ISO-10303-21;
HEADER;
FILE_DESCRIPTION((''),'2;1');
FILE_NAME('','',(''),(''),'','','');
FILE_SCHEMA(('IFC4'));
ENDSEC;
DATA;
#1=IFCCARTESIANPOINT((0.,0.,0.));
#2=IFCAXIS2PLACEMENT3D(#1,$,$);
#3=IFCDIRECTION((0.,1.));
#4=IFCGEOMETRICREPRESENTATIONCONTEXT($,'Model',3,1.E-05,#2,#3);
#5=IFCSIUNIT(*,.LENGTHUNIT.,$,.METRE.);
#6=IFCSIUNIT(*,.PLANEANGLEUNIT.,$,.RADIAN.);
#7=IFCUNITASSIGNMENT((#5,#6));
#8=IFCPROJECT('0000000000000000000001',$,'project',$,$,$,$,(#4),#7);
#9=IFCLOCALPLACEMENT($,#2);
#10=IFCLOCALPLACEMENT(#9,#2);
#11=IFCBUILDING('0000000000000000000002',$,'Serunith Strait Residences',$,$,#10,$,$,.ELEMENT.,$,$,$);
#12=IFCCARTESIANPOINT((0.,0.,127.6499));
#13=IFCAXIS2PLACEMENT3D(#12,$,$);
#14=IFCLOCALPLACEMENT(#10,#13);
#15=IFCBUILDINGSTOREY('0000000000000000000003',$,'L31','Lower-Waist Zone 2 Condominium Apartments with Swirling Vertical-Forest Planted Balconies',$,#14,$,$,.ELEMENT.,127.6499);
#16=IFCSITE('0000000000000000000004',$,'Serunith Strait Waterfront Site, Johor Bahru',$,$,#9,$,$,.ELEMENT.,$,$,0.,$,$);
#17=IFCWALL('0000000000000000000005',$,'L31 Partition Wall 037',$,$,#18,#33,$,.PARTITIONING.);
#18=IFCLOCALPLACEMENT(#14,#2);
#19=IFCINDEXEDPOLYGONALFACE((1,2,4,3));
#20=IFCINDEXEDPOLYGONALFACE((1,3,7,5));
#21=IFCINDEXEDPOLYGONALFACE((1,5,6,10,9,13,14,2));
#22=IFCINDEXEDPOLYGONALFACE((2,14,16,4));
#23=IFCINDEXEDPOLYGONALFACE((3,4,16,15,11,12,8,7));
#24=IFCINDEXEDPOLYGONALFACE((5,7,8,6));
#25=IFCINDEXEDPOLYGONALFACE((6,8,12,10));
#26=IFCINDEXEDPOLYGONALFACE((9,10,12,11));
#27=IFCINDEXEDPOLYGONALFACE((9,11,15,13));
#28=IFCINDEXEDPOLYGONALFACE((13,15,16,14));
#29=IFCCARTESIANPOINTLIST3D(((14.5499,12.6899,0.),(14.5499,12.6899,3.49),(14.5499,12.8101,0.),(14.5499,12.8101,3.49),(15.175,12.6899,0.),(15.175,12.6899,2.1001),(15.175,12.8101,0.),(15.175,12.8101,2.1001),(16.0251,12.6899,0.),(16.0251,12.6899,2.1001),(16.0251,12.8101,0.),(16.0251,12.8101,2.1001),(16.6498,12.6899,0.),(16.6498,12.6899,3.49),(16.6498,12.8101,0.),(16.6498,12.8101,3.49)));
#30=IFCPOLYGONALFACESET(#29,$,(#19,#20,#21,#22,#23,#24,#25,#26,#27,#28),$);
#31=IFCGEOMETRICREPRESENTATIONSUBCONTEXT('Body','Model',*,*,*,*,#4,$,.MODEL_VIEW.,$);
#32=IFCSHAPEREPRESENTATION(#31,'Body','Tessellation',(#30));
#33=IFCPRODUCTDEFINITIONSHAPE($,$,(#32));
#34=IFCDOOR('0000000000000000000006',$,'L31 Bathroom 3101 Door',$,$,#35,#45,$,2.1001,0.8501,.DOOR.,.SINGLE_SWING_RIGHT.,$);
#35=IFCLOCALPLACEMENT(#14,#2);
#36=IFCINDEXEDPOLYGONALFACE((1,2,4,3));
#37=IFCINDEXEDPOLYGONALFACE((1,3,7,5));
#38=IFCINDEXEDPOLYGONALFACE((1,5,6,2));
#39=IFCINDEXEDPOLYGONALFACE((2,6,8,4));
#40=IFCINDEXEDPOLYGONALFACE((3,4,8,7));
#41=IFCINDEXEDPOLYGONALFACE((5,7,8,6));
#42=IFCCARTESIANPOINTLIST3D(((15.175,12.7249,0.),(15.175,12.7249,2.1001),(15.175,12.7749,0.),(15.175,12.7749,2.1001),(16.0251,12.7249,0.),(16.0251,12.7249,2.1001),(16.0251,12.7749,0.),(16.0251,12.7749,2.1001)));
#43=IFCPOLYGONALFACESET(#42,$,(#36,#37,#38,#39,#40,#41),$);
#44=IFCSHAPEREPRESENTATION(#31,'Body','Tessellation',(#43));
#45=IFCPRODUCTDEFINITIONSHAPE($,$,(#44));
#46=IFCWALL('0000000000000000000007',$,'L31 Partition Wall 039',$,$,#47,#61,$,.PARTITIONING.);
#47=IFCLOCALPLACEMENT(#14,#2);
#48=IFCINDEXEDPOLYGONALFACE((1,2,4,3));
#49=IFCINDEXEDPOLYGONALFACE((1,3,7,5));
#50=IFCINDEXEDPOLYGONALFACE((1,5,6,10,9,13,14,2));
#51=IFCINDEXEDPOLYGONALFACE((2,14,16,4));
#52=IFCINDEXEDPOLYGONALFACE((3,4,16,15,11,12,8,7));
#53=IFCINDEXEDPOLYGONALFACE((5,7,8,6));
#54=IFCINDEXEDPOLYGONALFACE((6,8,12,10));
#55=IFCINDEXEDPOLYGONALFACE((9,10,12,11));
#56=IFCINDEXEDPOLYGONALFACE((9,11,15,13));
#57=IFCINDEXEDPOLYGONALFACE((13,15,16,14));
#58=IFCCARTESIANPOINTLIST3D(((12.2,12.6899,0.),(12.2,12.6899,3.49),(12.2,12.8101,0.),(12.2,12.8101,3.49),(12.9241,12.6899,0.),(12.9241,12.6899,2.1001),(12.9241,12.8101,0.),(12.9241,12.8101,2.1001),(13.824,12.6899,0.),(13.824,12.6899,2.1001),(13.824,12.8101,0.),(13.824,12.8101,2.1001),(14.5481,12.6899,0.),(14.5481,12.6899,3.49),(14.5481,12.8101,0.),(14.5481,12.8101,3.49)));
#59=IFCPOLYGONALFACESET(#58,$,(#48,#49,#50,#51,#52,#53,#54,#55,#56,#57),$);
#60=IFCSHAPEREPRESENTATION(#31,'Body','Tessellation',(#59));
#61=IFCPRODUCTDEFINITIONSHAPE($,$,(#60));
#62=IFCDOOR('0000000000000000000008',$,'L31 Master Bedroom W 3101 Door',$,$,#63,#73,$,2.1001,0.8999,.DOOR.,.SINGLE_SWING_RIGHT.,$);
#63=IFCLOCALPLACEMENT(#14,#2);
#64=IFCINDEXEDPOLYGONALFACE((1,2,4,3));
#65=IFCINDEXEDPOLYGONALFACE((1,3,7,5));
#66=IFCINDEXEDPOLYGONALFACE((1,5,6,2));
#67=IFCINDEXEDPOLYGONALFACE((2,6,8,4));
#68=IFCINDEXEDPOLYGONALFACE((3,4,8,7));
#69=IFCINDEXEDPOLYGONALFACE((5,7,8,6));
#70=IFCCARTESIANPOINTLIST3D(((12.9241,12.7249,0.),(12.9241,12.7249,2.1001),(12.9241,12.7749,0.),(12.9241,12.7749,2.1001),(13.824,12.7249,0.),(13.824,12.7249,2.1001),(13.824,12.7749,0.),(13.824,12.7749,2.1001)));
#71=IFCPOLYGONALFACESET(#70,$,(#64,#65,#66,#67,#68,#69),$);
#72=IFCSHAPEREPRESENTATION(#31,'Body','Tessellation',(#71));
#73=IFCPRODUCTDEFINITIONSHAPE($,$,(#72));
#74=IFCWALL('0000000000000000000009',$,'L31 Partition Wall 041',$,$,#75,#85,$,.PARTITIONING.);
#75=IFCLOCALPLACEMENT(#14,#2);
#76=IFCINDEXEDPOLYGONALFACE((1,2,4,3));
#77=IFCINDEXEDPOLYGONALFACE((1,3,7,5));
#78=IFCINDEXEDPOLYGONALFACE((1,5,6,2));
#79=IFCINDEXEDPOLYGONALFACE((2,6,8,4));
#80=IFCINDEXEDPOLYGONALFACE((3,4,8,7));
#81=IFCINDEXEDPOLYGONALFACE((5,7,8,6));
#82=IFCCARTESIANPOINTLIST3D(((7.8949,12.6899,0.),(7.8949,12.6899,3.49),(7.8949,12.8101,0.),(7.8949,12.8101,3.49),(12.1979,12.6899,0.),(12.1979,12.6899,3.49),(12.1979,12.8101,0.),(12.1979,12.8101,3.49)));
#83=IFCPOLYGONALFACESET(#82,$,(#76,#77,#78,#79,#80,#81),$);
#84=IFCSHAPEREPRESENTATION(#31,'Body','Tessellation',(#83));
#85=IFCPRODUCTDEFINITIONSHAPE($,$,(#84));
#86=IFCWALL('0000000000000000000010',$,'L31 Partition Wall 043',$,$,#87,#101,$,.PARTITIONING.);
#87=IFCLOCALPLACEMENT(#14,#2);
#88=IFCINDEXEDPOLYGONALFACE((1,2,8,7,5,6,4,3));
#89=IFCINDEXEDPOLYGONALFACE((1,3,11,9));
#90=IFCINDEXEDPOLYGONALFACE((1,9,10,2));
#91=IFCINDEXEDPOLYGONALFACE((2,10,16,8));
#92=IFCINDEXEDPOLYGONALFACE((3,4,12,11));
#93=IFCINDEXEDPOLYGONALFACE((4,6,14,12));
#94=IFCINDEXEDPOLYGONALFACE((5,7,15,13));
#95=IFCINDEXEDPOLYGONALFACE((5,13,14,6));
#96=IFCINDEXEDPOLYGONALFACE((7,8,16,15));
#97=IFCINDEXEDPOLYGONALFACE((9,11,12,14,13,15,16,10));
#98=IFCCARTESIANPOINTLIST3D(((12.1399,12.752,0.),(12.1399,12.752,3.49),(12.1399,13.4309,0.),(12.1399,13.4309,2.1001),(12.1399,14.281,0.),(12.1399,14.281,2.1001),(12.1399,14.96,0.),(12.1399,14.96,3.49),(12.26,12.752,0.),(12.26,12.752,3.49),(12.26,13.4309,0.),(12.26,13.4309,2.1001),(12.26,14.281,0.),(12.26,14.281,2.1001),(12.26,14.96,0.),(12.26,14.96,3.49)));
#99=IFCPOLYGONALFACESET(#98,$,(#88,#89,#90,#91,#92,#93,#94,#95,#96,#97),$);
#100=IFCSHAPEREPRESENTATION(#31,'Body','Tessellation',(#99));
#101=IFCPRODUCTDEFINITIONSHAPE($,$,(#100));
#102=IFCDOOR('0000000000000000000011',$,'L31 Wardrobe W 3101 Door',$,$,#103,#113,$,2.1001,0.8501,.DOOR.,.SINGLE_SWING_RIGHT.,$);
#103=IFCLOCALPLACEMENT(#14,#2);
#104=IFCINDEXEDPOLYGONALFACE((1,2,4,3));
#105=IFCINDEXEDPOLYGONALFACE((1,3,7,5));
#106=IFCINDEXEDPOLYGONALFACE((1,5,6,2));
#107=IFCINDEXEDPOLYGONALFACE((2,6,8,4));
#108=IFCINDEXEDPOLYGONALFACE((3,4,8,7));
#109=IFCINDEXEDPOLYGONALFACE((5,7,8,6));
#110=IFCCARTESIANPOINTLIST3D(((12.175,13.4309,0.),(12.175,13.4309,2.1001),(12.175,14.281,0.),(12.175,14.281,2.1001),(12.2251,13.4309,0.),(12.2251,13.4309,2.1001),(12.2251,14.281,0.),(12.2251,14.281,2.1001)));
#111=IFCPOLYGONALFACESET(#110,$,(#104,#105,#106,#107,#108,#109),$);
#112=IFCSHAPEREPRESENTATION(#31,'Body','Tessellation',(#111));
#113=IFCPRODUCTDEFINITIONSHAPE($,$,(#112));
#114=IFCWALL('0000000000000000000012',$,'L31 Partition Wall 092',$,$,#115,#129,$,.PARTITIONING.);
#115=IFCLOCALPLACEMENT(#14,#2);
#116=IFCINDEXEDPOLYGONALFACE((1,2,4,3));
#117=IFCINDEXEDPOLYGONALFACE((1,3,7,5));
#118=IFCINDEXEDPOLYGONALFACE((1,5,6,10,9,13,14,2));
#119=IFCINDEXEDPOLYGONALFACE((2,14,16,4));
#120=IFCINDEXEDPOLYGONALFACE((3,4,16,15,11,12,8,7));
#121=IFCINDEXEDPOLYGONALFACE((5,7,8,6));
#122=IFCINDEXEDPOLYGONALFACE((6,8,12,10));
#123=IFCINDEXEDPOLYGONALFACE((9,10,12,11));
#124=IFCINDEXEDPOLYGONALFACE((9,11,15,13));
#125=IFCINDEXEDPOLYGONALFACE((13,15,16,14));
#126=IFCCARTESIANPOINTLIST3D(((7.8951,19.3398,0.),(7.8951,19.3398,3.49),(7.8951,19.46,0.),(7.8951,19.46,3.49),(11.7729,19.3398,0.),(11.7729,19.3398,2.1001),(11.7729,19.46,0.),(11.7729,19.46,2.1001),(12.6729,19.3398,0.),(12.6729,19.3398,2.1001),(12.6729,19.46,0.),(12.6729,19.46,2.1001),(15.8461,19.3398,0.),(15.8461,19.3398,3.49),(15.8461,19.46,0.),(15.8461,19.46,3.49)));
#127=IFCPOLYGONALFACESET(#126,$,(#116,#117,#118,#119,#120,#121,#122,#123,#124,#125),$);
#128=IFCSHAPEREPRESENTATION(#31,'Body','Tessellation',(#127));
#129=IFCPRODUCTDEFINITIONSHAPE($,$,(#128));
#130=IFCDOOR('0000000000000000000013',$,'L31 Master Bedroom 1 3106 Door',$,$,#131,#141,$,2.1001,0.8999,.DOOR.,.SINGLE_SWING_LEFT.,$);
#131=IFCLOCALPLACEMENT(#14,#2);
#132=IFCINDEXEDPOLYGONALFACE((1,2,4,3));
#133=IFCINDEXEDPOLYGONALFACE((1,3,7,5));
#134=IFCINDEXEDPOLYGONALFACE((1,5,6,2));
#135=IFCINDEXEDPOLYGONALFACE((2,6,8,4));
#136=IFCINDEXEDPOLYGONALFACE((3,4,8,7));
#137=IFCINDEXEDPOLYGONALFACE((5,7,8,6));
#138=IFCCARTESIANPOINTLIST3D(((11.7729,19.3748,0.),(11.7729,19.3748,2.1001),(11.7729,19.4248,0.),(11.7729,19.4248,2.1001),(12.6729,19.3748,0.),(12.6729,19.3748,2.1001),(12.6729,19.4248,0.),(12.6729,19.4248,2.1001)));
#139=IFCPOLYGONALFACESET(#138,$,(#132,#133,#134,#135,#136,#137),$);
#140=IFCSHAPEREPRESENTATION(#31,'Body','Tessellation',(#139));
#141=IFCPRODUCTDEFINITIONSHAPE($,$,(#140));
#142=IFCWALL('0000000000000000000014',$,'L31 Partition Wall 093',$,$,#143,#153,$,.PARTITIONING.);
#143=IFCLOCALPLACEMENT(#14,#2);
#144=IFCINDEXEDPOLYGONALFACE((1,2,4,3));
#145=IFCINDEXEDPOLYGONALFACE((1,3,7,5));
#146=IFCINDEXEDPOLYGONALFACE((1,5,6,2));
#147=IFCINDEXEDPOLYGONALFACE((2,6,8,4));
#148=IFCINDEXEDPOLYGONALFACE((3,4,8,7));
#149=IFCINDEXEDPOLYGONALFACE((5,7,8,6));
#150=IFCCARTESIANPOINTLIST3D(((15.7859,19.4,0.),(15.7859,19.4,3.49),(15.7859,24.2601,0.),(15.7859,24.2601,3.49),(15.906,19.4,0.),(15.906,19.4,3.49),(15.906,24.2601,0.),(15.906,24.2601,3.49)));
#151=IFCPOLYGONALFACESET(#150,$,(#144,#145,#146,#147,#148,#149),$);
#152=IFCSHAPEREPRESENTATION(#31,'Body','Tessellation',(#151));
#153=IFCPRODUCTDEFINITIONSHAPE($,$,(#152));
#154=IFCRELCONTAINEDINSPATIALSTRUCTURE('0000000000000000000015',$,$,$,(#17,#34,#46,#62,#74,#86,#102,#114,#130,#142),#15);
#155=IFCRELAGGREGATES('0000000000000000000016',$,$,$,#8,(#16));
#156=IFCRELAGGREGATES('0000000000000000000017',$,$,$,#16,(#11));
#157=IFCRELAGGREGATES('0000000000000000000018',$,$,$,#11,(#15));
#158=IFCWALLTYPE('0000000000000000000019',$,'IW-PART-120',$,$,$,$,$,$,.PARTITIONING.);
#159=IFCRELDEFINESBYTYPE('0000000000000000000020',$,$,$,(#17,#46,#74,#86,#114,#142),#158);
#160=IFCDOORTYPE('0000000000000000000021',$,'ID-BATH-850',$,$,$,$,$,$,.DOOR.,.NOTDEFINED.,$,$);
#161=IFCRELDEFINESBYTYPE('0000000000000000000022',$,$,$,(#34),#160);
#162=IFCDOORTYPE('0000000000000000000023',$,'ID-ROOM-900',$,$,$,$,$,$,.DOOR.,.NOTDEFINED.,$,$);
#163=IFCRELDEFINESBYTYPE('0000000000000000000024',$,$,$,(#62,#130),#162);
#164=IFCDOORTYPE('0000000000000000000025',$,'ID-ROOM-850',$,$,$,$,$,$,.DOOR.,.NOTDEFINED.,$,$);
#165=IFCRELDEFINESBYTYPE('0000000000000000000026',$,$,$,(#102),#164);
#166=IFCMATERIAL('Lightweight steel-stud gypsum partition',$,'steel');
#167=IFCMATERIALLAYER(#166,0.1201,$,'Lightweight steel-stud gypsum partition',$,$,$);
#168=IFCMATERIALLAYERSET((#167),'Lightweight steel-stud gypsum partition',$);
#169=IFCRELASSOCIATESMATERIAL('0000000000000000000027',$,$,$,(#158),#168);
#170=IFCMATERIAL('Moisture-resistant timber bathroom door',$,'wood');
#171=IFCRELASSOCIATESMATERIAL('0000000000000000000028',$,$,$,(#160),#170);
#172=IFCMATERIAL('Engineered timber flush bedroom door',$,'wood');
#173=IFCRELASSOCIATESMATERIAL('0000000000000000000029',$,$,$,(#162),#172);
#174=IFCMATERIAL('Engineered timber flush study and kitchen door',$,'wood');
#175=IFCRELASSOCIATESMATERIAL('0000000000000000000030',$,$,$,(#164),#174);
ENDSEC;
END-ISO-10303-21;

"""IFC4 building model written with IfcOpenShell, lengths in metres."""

from ifc_helpers import new_model, si_unit, direction, frame, frame_2d, origin, place, context, subcontext, project, spatial, rectangle, extrude, source, transform, mapped, material, layer, layer_set, type_object, element, fill, save


model = new_model("IFC4")

# Units and contexts
model_context = context("Model", 3, precision=1e-05, world=origin(), true_north=direction((0.0, 1.0)))
body_context = subcontext(model_context, "Body", "Model", "MODEL_VIEW")
ifc_project = project(units=[si_unit("LENGTHUNIT", "METRE"), si_unit("PLANEANGLEUNIT", "RADIAN")], contexts=[model_context])

# Site, building, storey
site_placement = place(None, origin())
site = spatial("IfcSite", under=ifc_project, at=site_placement, Name="Serunith Strait Waterfront Site, Johor Bahru", CompositionType="ELEMENT", RefElevation=0.0)
building_placement = place(site_placement, origin())
building = spatial("IfcBuilding", under=site, at=building_placement, Name="Serunith Strait Residences", CompositionType="ELEMENT")
storey_placement = place(building_placement, frame((0.0, 0.0, 127.6499)))
storey = spatial("IfcBuildingStorey", under=building, at=storey_placement, Name="L31", Description="Lower-Waist Zone 2 Condominium Apartments with Swirling Vertical-Forest Planted Balconies", CompositionType="ELEMENT", Elevation=127.6499)

# Walls, openings, doors
ifc_material_1 = material(Name="Lightweight steel-stud gypsum partition", Category="steel")
ifc_layer_1 = layer(ifc_material_1, 0.1201, Name="Lightweight steel-stud gypsum partition")
ifc_layer_set_1 = layer_set([ifc_layer_1], Name="Lightweight steel-stud gypsum partition")
wall_type_1 = type_object("IfcWallType", Name="IW-PART-120", PredefinedType="PARTITIONING", material=ifc_layer_set_1)
wall_1_placement = place(storey_placement, frame((14.55, 12.75, 0.0), z_axis=(0.0, 0.0, 1.0), x_axis=(1.0, 0.0, 0.0)))
wall_1 = element("IfcWall", 1, at=wall_1_placement, inside=storey, type_object=wall_type_1, Name="L31 Partition Wall 037", PredefinedType="PARTITIONING", context=body_context, shape_type="SweptSolid", body=[
    extrude(rectangle(XDim=2.0999, YDim=0.1201, at=frame_2d((1.0498, 0.0))), origin(), (0.0, 0.0, 1.0), 3.49),
])
opening_1_placement = place(wall_1_placement, frame((0.625, 0.0, 0.0)))
opening_1 = element("IfcOpeningElement", 2, at=opening_1_placement, cuts=wall_1, PredefinedType="OPENING", context=body_context, shape_type="SweptSolid", body=[
    extrude(rectangle(XDim=0.8501, YDim=2.1001, at=frame_2d((0.425, 1.05))), frame((0.0, 0.0701, 0.0), z_axis=(0.0, -1.0, 0.0), x_axis=(1.0, 0.0, 0.0)), (0.0, 0.0, 1.0), 0.1401),
])
ifc_material_2 = material(Name="Moisture-resistant timber bathroom door", Category="wood")
door_type_1 = type_object("IfcDoorType", Name="ID-BATH-850", OperationType="NOTDEFINED", PredefinedType="DOOR", material=ifc_material_2)
shared_shape_1 = source(origin(), body_context, "Body", "SweptSolid", [
    extrude(rectangle(XDim=0.8501, YDim=2.1001, at=frame_2d((0.425, 1.05))), frame((0.0, 0.0249, 0.0), z_axis=(0.0, -1.0, 0.0), x_axis=(1.0, 0.0, 0.0)), (0.0, 0.0, 1.0), 0.05),
])
door_1_placement = place(opening_1_placement, origin())
door_1 = element("IfcDoor", 3, at=door_1_placement, inside=storey, type_object=door_type_1, Name="L31 Bathroom 3101 Door", OperationType="SINGLE_SWING_RIGHT", OverallHeight=2.1001, OverallWidth=0.8501, PredefinedType="DOOR", context=body_context, shape_type="MappedRepresentation", body=[
    mapped(shared_shape_1, transform((0.0, 0.0, 0.0), scale=1.0)),
])
fill(opening_1, door_1)
wall_2_placement = place(storey_placement, frame((12.2, 12.75, 0.0), z_axis=(0.0, 0.0, 1.0), x_axis=(1.0, 0.0, 0.0)))
wall_2 = element("IfcWall", 4, at=wall_2_placement, inside=storey, type_object=wall_type_1, Name="L31 Partition Wall 039", PredefinedType="PARTITIONING", context=body_context, shape_type="SweptSolid", body=[
    extrude(rectangle(XDim=2.3481, YDim=0.1201, at=frame_2d((1.1741, 0.0))), origin(), (0.0, 0.0, 1.0), 3.49),
])
opening_2_placement = place(wall_2_placement, frame((0.7241, 0.0, 0.0)))
opening_2 = element("IfcOpeningElement", 5, at=opening_2_placement, cuts=wall_2, PredefinedType="OPENING", context=body_context, shape_type="SweptSolid", body=[
    extrude(rectangle(XDim=0.8999, YDim=2.1001, at=frame_2d((0.45, 1.05))), frame((0.0, 0.0701, 0.0), z_axis=(0.0, -1.0, 0.0), x_axis=(1.0, 0.0, 0.0)), (0.0, 0.0, 1.0), 0.1401),
])
ifc_material_3 = material(Name="Engineered timber flush bedroom door", Category="wood")
door_type_2 = type_object("IfcDoorType", Name="ID-ROOM-900", OperationType="NOTDEFINED", PredefinedType="DOOR", material=ifc_material_3)
shared_shape_2 = source(origin(), body_context, "Body", "SweptSolid", [
    extrude(rectangle(XDim=0.8999, YDim=2.1001, at=frame_2d((0.45, 1.05))), frame((0.0, 0.0249, 0.0), z_axis=(0.0, -1.0, 0.0), x_axis=(1.0, 0.0, 0.0)), (0.0, 0.0, 1.0), 0.05),
])
door_2_placement = place(opening_2_placement, origin())
door_2 = element("IfcDoor", 6, at=door_2_placement, inside=storey, type_object=door_type_2, Name="L31 Master Bedroom W 3101 Door", OperationType="SINGLE_SWING_RIGHT", OverallHeight=2.1001, OverallWidth=0.8999, PredefinedType="DOOR", context=body_context, shape_type="MappedRepresentation", body=[
    mapped(shared_shape_2, transform((0.0, 0.0, 0.0), scale=1.0)),
])
fill(opening_2, door_2)

# Wall
wall_3_placement = place(storey_placement, frame((7.895, 12.75, 0.0), z_axis=(0.0, 0.0, 1.0), x_axis=(1.0, 0.0, 0.0)))
element("IfcWall", 7, at=wall_3_placement, inside=storey, type_object=wall_type_1, Name="L31 Partition Wall 041", PredefinedType="PARTITIONING", context=body_context, shape_type="SweptSolid", body=[
    extrude(rectangle(XDim=4.303, YDim=0.1201, at=frame_2d((2.1514, 0.0))), origin(), (0.0, 0.0, 1.0), 3.49),
])

# Walls, openings, doors
wall_4_placement = place(storey_placement, frame((12.2, 12.752, 0.0), z_axis=(0.0, 0.0, 1.0), x_axis=(0.0, 1.0, 0.0)))
wall_4 = element("IfcWall", 8, at=wall_4_placement, inside=storey, type_object=wall_type_1, Name="L31 Partition Wall 043", PredefinedType="PARTITIONING", context=body_context, shape_type="SweptSolid", body=[
    extrude(rectangle(XDim=2.208, YDim=0.1201, at=frame_2d((1.104, 0.0))), origin(), (0.0, 0.0, 1.0), 3.49),
])
opening_3_placement = place(wall_4_placement, frame((0.679, 0.0, 0.0)))
opening_3 = element("IfcOpeningElement", 9, at=opening_3_placement, cuts=wall_4, PredefinedType="OPENING", context=body_context, shape_type="SweptSolid", body=[
    extrude(rectangle(XDim=0.8501, YDim=2.1001, at=frame_2d((0.425, 1.05))), frame((0.0, 0.0701, 0.0), z_axis=(0.0, -1.0, 0.0), x_axis=(1.0, 0.0, 0.0)), (0.0, 0.0, 1.0), 0.1401),
])
ifc_material_4 = material(Name="Engineered timber flush study and kitchen door", Category="wood")
door_type_3 = type_object("IfcDoorType", Name="ID-ROOM-850", OperationType="NOTDEFINED", PredefinedType="DOOR", material=ifc_material_4)
door_3_placement = place(opening_3_placement, origin())
door_3 = element("IfcDoor", 10, at=door_3_placement, inside=storey, type_object=door_type_3, Name="L31 Wardrobe W 3101 Door", OperationType="SINGLE_SWING_RIGHT", OverallHeight=2.1001, OverallWidth=0.8501, PredefinedType="DOOR", context=body_context, shape_type="MappedRepresentation", body=[
    mapped(shared_shape_1, transform((0.0, 0.0, 0.0), scale=1.0)),
])
fill(opening_3, door_3)
wall_5_placement = place(storey_placement, frame((7.895, 19.3999, 0.0), z_axis=(0.0, 0.0, 1.0), x_axis=(1.0, 0.0, 0.0)))
wall_5 = element("IfcWall", 11, at=wall_5_placement, inside=storey, type_object=wall_type_1, Name="L31 Partition Wall 092", PredefinedType="PARTITIONING", context=body_context, shape_type="SweptSolid", body=[
    extrude(rectangle(XDim=7.9509, YDim=0.1201, at=frame_2d((3.9756, 0.0))), origin(), (0.0, 0.0, 1.0), 3.49),
])
opening_4_placement = place(wall_5_placement, frame((3.8779, 0.0, 0.0)))
opening_4 = element("IfcOpeningElement", 12, at=opening_4_placement, cuts=wall_5, PredefinedType="OPENING", context=body_context, shape_type="SweptSolid", body=[
    extrude(rectangle(XDim=0.8999, YDim=2.1001, at=frame_2d((0.45, 1.05))), frame((0.0, 0.0701, 0.0), z_axis=(0.0, -1.0, 0.0), x_axis=(1.0, 0.0, 0.0)), (0.0, 0.0, 1.0), 0.1401),
])
door_4_placement = place(opening_4_placement, origin())
door_4 = element("IfcDoor", 13, at=door_4_placement, inside=storey, type_object=door_type_2, Name="L31 Master Bedroom 1 3106 Door", OperationType="SINGLE_SWING_LEFT", OverallHeight=2.1001, OverallWidth=0.8999, PredefinedType="DOOR", context=body_context, shape_type="MappedRepresentation", body=[
    mapped(shared_shape_2, transform((0.0, 0.0, 0.0), scale=1.0)),
])
fill(opening_4, door_4)

# Wall
wall_6_placement = place(storey_placement, frame((15.8459, 19.3999, 0.0), z_axis=(0.0, 0.0, 1.0), x_axis=(0.0, 1.0, 0.0)))
element("IfcWall", 14, at=wall_6_placement, inside=storey, type_object=wall_type_1, Name="L31 Partition Wall 093", PredefinedType="PARTITIONING", context=body_context, shape_type="SweptSolid", body=[
    extrude(rectangle(XDim=4.8601, YDim=0.1201, at=frame_2d((2.4302, 0.0))), origin(), (0.0, 0.0, 1.0), 3.49),
])

save(model, "model.ifc")
